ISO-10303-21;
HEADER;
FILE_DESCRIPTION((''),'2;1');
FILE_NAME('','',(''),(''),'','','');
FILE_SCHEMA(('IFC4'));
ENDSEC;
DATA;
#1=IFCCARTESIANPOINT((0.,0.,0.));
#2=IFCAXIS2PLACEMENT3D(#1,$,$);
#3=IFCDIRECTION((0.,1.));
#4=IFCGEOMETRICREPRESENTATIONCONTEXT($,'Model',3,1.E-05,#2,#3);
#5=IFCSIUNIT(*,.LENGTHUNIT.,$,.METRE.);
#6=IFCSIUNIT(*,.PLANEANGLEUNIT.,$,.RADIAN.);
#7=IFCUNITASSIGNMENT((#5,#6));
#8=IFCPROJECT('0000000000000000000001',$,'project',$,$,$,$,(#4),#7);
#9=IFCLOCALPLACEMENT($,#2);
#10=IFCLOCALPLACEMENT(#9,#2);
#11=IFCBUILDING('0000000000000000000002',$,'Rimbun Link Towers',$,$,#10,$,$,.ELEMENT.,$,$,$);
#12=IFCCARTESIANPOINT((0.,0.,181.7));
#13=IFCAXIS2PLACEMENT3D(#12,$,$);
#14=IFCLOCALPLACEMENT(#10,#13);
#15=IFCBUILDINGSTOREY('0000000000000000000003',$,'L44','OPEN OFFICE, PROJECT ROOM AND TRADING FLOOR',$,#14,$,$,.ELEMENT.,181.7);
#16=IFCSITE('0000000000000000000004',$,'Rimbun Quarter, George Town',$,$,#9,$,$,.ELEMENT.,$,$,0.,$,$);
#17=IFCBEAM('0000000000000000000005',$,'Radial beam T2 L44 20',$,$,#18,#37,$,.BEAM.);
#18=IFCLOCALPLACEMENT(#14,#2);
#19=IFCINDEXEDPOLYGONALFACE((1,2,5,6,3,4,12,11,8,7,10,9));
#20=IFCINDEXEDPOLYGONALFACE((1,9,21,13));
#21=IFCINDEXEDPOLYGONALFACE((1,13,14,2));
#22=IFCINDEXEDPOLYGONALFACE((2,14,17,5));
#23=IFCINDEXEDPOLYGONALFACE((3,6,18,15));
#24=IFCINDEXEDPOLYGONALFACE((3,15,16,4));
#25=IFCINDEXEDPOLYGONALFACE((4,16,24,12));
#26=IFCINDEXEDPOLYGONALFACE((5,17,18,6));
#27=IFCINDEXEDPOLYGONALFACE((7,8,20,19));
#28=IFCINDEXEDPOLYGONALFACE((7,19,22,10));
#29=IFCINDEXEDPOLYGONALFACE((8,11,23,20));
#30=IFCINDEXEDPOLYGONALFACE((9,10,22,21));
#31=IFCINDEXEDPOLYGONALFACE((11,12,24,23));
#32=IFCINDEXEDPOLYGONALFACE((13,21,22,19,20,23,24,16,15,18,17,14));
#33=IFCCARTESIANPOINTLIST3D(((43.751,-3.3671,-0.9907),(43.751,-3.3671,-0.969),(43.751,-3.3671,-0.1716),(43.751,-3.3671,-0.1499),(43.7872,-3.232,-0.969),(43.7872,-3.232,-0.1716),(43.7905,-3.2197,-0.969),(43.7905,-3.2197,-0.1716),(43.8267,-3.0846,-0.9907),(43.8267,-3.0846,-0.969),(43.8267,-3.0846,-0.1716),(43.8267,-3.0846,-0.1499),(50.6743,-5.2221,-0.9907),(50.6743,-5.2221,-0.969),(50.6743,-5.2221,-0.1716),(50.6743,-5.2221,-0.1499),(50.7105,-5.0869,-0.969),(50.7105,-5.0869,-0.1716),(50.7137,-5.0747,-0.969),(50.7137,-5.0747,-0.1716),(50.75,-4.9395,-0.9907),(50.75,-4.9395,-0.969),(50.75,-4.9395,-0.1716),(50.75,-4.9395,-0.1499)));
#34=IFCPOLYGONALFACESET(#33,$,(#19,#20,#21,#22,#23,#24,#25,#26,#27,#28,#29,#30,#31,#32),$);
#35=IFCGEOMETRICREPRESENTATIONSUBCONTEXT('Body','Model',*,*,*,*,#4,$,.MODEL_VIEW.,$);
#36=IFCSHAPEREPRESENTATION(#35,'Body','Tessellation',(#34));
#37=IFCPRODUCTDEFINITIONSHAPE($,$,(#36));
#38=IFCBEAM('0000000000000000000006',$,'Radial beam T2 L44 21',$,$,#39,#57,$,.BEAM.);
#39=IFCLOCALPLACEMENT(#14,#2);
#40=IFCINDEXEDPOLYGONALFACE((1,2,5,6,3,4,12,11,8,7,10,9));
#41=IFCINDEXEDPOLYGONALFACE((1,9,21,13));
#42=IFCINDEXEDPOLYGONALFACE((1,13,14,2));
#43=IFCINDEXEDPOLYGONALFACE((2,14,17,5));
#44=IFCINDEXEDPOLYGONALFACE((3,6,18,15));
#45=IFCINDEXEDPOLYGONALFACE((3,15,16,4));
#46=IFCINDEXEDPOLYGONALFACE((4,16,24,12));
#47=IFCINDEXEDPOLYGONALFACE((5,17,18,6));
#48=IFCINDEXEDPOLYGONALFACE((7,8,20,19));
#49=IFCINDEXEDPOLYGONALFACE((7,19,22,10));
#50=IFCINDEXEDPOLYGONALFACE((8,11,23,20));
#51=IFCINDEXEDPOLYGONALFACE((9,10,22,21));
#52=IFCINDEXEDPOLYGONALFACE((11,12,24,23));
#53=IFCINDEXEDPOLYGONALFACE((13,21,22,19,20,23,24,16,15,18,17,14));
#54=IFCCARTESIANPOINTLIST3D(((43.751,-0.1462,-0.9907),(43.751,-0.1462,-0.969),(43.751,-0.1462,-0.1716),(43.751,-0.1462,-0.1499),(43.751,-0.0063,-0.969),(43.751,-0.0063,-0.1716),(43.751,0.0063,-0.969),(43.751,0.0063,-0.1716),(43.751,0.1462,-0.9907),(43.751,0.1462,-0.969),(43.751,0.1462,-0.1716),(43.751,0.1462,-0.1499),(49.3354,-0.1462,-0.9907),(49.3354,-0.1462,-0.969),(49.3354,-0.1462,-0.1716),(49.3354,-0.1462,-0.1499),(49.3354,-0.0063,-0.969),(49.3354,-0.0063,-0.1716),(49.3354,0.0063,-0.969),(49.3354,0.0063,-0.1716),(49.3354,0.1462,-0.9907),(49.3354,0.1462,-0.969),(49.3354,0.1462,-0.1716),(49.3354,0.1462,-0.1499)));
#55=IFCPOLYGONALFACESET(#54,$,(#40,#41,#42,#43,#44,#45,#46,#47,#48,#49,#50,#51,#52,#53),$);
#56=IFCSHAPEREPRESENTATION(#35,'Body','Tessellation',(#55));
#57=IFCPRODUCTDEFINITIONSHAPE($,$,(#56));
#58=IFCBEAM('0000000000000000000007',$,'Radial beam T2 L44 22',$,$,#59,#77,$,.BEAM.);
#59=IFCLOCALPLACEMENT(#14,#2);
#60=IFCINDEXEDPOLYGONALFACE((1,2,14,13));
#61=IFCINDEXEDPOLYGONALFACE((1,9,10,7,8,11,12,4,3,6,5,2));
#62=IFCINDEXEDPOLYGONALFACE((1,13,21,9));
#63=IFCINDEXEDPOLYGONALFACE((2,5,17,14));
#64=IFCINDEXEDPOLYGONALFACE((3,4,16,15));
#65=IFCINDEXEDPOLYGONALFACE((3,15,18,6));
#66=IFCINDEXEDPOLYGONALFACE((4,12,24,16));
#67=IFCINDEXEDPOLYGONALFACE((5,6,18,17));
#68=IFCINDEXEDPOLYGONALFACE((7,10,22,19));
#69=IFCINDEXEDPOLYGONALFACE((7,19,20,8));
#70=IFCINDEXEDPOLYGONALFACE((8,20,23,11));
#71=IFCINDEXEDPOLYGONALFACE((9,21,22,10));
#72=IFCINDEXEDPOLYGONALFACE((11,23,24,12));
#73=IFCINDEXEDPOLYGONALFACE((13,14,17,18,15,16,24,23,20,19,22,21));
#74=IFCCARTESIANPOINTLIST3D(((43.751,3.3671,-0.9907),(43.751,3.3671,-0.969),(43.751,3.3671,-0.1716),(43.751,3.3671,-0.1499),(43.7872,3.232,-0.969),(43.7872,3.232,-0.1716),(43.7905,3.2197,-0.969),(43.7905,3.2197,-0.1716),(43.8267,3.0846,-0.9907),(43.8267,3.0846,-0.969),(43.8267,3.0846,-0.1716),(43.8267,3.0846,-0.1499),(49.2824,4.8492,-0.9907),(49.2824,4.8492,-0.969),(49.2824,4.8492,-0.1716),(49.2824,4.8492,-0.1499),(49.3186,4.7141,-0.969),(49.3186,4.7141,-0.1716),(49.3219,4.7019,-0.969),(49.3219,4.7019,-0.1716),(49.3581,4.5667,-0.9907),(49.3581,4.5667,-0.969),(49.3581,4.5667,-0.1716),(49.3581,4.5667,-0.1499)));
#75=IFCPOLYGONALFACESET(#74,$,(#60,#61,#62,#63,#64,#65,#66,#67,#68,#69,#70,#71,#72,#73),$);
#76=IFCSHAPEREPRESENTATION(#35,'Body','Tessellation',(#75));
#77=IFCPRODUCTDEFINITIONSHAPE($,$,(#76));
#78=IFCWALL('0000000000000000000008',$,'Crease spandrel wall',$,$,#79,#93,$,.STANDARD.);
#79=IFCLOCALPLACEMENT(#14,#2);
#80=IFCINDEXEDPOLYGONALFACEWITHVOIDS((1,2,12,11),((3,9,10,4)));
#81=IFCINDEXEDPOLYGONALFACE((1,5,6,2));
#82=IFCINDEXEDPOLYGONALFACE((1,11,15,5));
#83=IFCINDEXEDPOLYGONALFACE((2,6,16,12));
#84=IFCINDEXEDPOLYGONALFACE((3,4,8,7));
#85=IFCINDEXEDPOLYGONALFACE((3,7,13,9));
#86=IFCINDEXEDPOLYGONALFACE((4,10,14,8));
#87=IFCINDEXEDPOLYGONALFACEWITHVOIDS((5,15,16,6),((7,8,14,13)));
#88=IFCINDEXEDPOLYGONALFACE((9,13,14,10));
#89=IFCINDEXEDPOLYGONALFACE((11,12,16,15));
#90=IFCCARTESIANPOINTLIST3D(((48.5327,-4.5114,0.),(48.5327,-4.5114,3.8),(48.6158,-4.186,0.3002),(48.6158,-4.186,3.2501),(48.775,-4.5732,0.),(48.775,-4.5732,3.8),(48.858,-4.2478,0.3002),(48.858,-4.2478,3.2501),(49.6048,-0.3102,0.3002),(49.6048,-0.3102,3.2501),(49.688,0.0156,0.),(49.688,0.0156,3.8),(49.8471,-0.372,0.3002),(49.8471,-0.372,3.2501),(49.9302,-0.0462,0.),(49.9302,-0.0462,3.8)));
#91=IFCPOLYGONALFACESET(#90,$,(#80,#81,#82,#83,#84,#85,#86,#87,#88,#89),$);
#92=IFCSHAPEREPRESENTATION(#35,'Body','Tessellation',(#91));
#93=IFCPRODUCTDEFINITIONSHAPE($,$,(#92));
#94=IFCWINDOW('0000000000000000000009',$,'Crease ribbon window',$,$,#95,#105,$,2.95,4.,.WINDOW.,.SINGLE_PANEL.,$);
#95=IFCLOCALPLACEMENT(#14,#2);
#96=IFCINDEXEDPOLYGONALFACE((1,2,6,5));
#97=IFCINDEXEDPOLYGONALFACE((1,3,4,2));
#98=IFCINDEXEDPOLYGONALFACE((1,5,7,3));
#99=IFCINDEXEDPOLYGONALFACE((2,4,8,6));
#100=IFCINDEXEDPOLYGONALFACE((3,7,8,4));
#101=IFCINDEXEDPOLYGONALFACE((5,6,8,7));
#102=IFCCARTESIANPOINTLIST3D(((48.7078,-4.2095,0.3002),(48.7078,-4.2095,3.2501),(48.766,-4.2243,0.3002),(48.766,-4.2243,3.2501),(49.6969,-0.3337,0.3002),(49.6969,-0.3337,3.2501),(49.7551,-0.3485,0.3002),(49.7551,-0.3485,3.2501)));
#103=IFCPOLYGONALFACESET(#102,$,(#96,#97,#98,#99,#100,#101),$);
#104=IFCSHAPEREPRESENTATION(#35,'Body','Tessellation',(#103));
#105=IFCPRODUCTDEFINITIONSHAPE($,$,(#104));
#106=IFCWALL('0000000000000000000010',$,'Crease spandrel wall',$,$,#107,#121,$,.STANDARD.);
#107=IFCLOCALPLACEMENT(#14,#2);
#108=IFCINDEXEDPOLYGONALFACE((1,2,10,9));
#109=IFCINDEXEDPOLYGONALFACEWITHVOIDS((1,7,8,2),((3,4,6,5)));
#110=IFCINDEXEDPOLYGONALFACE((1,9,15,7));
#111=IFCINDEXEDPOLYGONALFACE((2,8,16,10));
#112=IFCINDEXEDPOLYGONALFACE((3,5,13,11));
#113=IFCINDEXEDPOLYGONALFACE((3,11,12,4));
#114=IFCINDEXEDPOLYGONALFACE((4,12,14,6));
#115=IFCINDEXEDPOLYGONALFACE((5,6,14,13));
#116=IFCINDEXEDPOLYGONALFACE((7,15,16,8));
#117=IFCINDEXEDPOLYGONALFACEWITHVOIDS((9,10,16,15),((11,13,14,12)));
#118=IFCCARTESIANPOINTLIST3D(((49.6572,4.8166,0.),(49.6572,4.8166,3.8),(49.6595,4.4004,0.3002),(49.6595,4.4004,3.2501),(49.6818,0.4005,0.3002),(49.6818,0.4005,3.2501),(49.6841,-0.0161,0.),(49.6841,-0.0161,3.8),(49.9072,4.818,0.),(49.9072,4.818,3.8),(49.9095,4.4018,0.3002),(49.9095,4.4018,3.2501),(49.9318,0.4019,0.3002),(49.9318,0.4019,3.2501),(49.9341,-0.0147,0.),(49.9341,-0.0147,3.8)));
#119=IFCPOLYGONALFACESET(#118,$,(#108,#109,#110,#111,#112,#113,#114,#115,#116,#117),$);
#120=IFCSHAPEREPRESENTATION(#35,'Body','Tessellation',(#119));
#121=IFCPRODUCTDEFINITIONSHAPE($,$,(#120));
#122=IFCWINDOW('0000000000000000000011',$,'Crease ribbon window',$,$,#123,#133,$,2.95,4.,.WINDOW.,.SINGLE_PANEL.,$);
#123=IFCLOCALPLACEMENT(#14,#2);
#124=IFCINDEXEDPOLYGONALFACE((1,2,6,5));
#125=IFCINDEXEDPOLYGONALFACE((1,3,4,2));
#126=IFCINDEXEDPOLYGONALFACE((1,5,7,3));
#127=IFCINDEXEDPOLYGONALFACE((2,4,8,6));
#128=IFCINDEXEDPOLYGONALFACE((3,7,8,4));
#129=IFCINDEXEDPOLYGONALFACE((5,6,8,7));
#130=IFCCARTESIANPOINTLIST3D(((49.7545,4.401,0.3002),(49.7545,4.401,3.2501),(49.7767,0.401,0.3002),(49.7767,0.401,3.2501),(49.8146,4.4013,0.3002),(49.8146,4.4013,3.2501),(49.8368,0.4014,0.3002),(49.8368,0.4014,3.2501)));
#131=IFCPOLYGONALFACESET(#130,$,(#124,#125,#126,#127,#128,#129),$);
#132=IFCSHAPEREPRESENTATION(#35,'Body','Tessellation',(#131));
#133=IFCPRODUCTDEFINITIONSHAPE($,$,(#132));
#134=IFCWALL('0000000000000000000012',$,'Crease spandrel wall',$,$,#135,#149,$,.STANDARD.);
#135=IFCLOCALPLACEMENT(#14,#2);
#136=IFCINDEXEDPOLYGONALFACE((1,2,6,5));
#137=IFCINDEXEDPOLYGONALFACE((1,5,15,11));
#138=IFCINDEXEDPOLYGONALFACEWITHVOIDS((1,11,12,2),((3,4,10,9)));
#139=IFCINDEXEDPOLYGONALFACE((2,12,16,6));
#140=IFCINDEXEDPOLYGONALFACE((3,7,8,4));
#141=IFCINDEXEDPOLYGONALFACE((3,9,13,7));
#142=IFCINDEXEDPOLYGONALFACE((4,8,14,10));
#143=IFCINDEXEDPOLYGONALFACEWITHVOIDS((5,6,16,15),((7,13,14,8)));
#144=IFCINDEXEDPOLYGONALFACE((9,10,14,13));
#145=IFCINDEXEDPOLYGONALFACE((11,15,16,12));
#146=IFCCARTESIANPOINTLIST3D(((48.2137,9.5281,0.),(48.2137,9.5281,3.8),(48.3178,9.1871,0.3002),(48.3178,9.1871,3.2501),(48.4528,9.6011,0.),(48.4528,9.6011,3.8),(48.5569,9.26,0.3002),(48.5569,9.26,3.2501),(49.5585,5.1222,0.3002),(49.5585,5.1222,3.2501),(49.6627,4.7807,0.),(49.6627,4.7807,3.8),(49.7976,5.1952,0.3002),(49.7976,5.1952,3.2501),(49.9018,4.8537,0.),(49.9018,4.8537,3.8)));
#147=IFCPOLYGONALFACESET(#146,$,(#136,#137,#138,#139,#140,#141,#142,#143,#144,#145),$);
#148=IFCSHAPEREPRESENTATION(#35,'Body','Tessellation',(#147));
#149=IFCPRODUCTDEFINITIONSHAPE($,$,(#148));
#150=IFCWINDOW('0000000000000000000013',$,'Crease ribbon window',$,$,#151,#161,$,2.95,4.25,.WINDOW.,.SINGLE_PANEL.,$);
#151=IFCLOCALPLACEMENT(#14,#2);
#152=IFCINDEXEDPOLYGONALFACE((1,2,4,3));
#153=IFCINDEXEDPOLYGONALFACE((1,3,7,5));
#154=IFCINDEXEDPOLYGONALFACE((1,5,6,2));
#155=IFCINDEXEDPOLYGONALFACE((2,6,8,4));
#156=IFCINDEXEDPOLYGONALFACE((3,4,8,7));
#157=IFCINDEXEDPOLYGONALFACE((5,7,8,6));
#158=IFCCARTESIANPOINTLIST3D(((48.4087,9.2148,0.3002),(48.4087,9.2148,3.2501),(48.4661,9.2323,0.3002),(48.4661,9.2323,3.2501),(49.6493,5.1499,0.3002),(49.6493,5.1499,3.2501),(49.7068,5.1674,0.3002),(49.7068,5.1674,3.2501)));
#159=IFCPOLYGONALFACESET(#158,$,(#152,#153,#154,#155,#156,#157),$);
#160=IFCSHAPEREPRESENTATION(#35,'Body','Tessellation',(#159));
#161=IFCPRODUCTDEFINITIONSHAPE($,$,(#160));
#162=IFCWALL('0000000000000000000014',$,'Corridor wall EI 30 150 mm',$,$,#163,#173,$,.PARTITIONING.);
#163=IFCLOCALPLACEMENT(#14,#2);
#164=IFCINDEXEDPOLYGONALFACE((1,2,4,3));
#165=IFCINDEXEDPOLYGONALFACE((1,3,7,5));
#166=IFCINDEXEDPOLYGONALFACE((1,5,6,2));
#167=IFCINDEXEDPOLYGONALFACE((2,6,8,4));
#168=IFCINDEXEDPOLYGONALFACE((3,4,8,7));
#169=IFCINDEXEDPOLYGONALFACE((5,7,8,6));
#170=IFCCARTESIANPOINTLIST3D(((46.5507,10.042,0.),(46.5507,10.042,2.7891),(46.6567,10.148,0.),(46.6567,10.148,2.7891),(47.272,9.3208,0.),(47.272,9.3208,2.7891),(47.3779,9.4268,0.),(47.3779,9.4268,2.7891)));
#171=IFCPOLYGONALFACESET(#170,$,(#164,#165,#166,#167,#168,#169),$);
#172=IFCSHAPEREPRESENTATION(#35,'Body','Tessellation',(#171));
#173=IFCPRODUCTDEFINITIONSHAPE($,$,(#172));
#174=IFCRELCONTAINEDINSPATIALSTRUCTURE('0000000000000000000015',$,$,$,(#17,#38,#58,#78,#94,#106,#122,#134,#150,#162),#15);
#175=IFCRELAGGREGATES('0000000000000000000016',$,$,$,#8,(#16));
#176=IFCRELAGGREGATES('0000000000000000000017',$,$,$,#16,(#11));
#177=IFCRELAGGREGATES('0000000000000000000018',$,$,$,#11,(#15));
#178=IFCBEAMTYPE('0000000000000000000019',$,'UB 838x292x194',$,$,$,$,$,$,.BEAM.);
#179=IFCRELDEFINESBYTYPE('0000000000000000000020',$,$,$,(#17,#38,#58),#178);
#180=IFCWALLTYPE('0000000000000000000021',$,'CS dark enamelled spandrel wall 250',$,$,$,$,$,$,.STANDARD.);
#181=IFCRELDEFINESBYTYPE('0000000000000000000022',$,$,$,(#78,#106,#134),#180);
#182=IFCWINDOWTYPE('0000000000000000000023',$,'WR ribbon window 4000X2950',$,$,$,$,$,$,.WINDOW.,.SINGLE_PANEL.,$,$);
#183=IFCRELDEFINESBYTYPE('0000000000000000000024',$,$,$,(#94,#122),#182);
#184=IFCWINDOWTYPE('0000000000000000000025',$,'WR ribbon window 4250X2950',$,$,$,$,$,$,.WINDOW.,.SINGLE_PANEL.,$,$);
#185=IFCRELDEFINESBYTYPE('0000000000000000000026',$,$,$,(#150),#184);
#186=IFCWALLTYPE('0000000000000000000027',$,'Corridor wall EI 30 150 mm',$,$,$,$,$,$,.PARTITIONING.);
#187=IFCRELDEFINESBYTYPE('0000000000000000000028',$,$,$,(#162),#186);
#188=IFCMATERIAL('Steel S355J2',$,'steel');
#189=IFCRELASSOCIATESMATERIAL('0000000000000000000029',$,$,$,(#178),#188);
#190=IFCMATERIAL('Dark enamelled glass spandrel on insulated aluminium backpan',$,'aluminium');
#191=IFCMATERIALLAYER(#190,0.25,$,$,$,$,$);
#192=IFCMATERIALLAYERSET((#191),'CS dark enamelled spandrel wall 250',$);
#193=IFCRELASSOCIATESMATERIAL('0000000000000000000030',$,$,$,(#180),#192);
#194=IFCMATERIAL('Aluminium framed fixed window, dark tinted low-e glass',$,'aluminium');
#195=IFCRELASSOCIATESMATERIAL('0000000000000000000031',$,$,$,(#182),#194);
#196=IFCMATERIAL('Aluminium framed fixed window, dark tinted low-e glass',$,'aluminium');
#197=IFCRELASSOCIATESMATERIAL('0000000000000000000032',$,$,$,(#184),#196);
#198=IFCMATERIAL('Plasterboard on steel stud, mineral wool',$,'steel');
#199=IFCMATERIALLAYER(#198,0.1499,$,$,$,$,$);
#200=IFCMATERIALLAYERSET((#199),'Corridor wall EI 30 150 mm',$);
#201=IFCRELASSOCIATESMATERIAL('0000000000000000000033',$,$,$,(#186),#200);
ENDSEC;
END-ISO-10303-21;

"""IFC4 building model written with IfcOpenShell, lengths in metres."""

from ifc_helpers import new_model, si_unit, direction, frame, frame_2d, origin, origin_2d, place, context, subcontext, project, spatial, rectangle, i_section, extrude, material, layer, layer_set, material_profile, profile_set, type_object, element, fill, save


model = new_model("IFC4")

# Units and contexts
model_context = context("Model", 3, precision=1e-05, world=origin(), true_north=direction((0.0, 1.0)))
body_context = subcontext(model_context, "Body", "Model", "MODEL_VIEW")
ifc_project = project(units=[si_unit("LENGTHUNIT", "METRE"), si_unit("PLANEANGLEUNIT", "RADIAN")], contexts=[model_context])

# Site, building, storey
site_placement = place(None, origin())
site = spatial("IfcSite", under=ifc_project, at=site_placement, Name="Rimbun Quarter, George Town", CompositionType="ELEMENT", RefElevation=0.0)
building_placement = place(site_placement, origin())
building = spatial("IfcBuilding", under=site, at=building_placement, Name="Rimbun Link Towers", CompositionType="ELEMENT")
storey_placement = place(building_placement, frame((0.0, 0.0, 181.7)))
storey = spatial("IfcBuildingStorey", under=building, at=storey_placement, Name="L44", Description="OPEN OFFICE, PROJECT ROOM AND TRADING FLOOR", CompositionType="ELEMENT", Elevation=181.7)

# Beams
ifc_material_1 = material(Name="Steel S355J2", Category="steel")
ifc_material_profile_1 = material_profile(ifc_material_1, i_section(OverallWidth=0.2925, OverallDepth=0.8408, WebThickness=0.0127, FlangeThickness=0.0217, at=origin_2d()), Name="UB 838x292x194")
ifc_profile_set_1 = profile_set([ifc_material_profile_1], Name="Steel S355J2")
beam_type_1 = type_object("IfcBeamType", Name="UB 838x292x194", PredefinedType="BEAM", material=ifc_profile_set_1)
beam_1_placement = place(storey_placement, frame((43.7888, -3.2258, -0.5703), z_axis=(0.96593, -0.258803, 0.0), x_axis=(0.258803, 0.96593, 0.0)))
element("IfcBeam", 1, at=beam_1_placement, inside=storey, type_object=beam_type_1, Name="Radial beam T2 L44 20", PredefinedType="BEAM", context=body_context, shape_type="SweptSolid", body=[
    extrude(i_section(OverallWidth=0.2925, OverallDepth=0.8408, WebThickness=0.0127, FlangeThickness=0.0217, at=origin_2d()), origin(), (0.0, 0.0, 1.0), 7.1675),
])
beam_2_placement = place(storey_placement, frame((43.751, 0.0, -0.5703), z_axis=(1.0, 0.0, 0.0), x_axis=(0.0, 1.0, 0.0)))
element("IfcBeam", 2, at=beam_2_placement, inside=storey, type_object=beam_type_1, Name="Radial beam T2 L44 21", PredefinedType="BEAM", context=body_context, shape_type="SweptSolid", body=[
    extrude(i_section(OverallWidth=0.2925, OverallDepth=0.8408, WebThickness=0.0127, FlangeThickness=0.0217, at=origin_2d()), origin(), (0.0, 0.0, 1.0), 5.5845),
])
beam_3_placement = place(storey_placement, frame((43.7888, 3.2258, -0.5703), z_axis=(0.965925, 0.258822, 0.0), x_axis=(-0.258822, 0.965925, 0.0)))
element("IfcBeam", 3, at=beam_3_placement, inside=storey, type_object=beam_type_1, Name="Radial beam T2 L44 22", PredefinedType="BEAM", context=body_context, shape_type="SweptSolid", body=[
    extrude(i_section(OverallWidth=0.2925, OverallDepth=0.8408, WebThickness=0.0127, FlangeThickness=0.0217, at=origin_2d()), origin(), (0.0, 0.0, 1.0), 5.7266),
])

# Walls, openings, windows
ifc_material_2 = material(Name="Dark enamelled glass spandrel on insulated aluminium backpan", Category="aluminium")
ifc_layer_1 = layer(ifc_material_2, 0.25)
ifc_layer_set_1 = layer_set([ifc_layer_1], Name="CS dark enamelled spandrel wall 250")
wall_type_1 = type_object("IfcWallType", Name="CS dark enamelled spandrel wall 250", PredefinedType="STANDARD", material=ifc_layer_set_1)
wall_1_placement = place(storey_placement, frame((49.8091, -0.0154, 0.0), z_axis=(0.0, 0.0, 1.0), x_axis=(-0.247266, -0.968948, 0.0)))
wall_1 = element("IfcWall", 4, at=wall_1_placement, inside=storey, type_object=wall_type_1, Name="Crease spandrel wall", PredefinedType="STANDARD", context=body_context, shape_type="SweptSolid", body=[
    extrude(rectangle(XDim=4.6721, YDim=0.25, at=frame_2d((2.3359, 0.0))), origin(), (0.0, 0.0, 1.0), 3.8),
])
opening_1_placement = place(wall_1_placement, frame((0.3362, 0.0, 0.3)))
opening_1 = element("IfcOpeningElement", 5, at=opening_1_placement, cuts=wall_1, PredefinedType="OPENING", context=body_context, shape_type="SweptSolid", body=[
    extrude(rectangle(XDim=4.0, YDim=2.95, at=frame_2d((2.0, 1.4751))), frame((0.0, 0.135, 0.0), z_axis=(0.0, -1.0, 0.0), x_axis=(1.0, 0.0, 0.0)), (0.0, 0.0, 1.0), 0.27),
])
ifc_material_3 = material(Name="Aluminium framed fixed window, dark tinted low-e glass", Category="aluminium")
window_type_1 = type_object("IfcWindowType", Name="WR ribbon window 4000X2950", PartitioningType="SINGLE_PANEL", PredefinedType="WINDOW", material=ifc_material_3)
window_1_placement = place(opening_1_placement, origin())
window_1 = element("IfcWindow", 6, at=window_1_placement, inside=storey, type_object=window_type_1, Name="Crease ribbon window", OverallHeight=2.95, OverallWidth=4.0, PartitioningType="SINGLE_PANEL", PredefinedType="WINDOW", context=body_context, shape_type="SweptSolid", body=[
    extrude(rectangle(XDim=4.0, YDim=2.95, at=frame_2d((2.0, 1.4751))), frame((0.0, 0.03, 0.0), z_axis=(0.0, -1.0, 0.0), x_axis=(1.0, 0.0, 0.0)), (0.0, 0.0, 1.0), 0.0601),
])
fill(opening_1, window_1)
wall_2_placement = place(storey_placement, frame((49.7822, 4.8174, 0.0), z_axis=(0.0, 0.0, 1.0), x_axis=(0.005557, -0.999985, 0.0)))
wall_2 = element("IfcWall", 7, at=wall_2_placement, inside=storey, type_object=wall_type_1, Name="Crease spandrel wall", PredefinedType="STANDARD", context=body_context, shape_type="SweptSolid", body=[
    extrude(rectangle(XDim=4.8328, YDim=0.25, at=frame_2d((2.4165, 0.0))), origin(), (0.0, 0.0, 1.0), 3.8),
])
opening_2_placement = place(wall_2_placement, frame((0.4163, 0.0, 0.3)))
opening_2 = element("IfcOpeningElement", 8, at=opening_2_placement, cuts=wall_2, PredefinedType="OPENING", context=body_context, shape_type="SweptSolid", body=[
    extrude(rectangle(XDim=4.0, YDim=2.95, at=frame_2d((2.0, 1.4751))), frame((0.0, 0.135, 0.0), z_axis=(0.0, -1.0, 0.0), x_axis=(1.0, 0.0, 0.0)), (0.0, 0.0, 1.0), 0.27),
])
window_2_placement = place(opening_2_placement, origin())
window_2 = element("IfcWindow", 9, at=window_2_placement, inside=storey, type_object=window_type_1, Name="Crease ribbon window", OverallHeight=2.95, OverallWidth=4.0, PartitioningType="SINGLE_PANEL", PredefinedType="WINDOW", context=body_context, shape_type="SweptSolid", body=[
    extrude(rectangle(XDim=4.0, YDim=2.95, at=frame_2d((2.0, 1.4751))), frame((0.0, 0.03, 0.0), z_axis=(0.0, -1.0, 0.0), x_axis=(1.0, 0.0, 0.0)), (0.0, 0.0, 1.0), 0.0601),
])
fill(opening_2, window_2)
wall_3_placement = place(storey_placement, frame((48.3333, 9.5647, 0.0), z_axis=(0.0, 0.0, 1.0), x_axis=(0.291925, -0.956441, 0.0)))
wall_3 = element("IfcWall", 10, at=wall_3_placement, inside=storey, type_object=wall_type_1, Name="Crease spandrel wall", PredefinedType="STANDARD", context=body_context, shape_type="SweptSolid", body=[
    extrude(rectangle(XDim=4.9636, YDim=0.25, at=frame_2d((2.4819, 0.0))), origin(), (0.0, 0.0, 1.0), 3.8),
])
opening_3_placement = place(wall_3_placement, frame((0.3567, 0.0, 0.3)))
opening_3 = element("IfcOpeningElement", 11, at=opening_3_placement, cuts=wall_3, PredefinedType="OPENING", context=body_context, shape_type="SweptSolid", body=[
    extrude(rectangle(XDim=4.25, YDim=2.95, at=frame_2d((2.125, 1.4751))), frame((0.0, 0.135, 0.0), z_axis=(0.0, -1.0, 0.0), x_axis=(1.0, 0.0, 0.0)), (0.0, 0.0, 1.0), 0.27),
])
ifc_material_4 = material(Name="Aluminium framed fixed window, dark tinted low-e glass", Category="aluminium")
window_type_2 = type_object("IfcWindowType", Name="WR ribbon window 4250X2950", PartitioningType="SINGLE_PANEL", PredefinedType="WINDOW", material=ifc_material_4)
window_3_placement = place(opening_3_placement, origin())
window_3 = element("IfcWindow", 12, at=window_3_placement, inside=storey, type_object=window_type_2, Name="Crease ribbon window", OverallHeight=2.95, OverallWidth=4.25, PartitioningType="SINGLE_PANEL", PredefinedType="WINDOW", context=body_context, shape_type="SweptSolid", body=[
    extrude(rectangle(XDim=4.25, YDim=2.95, at=frame_2d((2.125, 1.4751))), frame((0.0, 0.03, 0.0), z_axis=(0.0, -1.0, 0.0), x_axis=(1.0, 0.0, 0.0)), (0.0, 0.0, 1.0), 0.0601),
])
fill(opening_3, window_3)

# Wall
ifc_material_5 = material(Name="Plasterboard on steel stud, mineral wool", Category="steel")
ifc_layer_2 = layer(ifc_material_5, 0.1499)
ifc_layer_set_2 = layer_set([ifc_layer_2], Name="Corridor wall EI 30 150 mm")
wall_type_2 = type_object("IfcWallType", Name="Corridor wall EI 30 150 mm", PredefinedType="PARTITIONING", material=ifc_layer_set_2)
wall_4_placement = place(storey_placement, frame((47.325, 9.3738, 0.0), z_axis=(0.0, 0.0, 1.0), x_axis=(-0.707107, 0.707107, 0.0)))
element("IfcWall", 13, at=wall_4_placement, inside=storey, type_object=wall_type_2, Name="Corridor wall EI 30 150 mm", PredefinedType="PARTITIONING", context=body_context, shape_type="SweptSolid", body=[
    extrude(rectangle(XDim=1.02, YDim=0.1499, at=frame_2d((0.51, 0.0))), origin(), (0.0, 0.0, 1.0), 2.7891),
])

save(model, "model.ifc")
